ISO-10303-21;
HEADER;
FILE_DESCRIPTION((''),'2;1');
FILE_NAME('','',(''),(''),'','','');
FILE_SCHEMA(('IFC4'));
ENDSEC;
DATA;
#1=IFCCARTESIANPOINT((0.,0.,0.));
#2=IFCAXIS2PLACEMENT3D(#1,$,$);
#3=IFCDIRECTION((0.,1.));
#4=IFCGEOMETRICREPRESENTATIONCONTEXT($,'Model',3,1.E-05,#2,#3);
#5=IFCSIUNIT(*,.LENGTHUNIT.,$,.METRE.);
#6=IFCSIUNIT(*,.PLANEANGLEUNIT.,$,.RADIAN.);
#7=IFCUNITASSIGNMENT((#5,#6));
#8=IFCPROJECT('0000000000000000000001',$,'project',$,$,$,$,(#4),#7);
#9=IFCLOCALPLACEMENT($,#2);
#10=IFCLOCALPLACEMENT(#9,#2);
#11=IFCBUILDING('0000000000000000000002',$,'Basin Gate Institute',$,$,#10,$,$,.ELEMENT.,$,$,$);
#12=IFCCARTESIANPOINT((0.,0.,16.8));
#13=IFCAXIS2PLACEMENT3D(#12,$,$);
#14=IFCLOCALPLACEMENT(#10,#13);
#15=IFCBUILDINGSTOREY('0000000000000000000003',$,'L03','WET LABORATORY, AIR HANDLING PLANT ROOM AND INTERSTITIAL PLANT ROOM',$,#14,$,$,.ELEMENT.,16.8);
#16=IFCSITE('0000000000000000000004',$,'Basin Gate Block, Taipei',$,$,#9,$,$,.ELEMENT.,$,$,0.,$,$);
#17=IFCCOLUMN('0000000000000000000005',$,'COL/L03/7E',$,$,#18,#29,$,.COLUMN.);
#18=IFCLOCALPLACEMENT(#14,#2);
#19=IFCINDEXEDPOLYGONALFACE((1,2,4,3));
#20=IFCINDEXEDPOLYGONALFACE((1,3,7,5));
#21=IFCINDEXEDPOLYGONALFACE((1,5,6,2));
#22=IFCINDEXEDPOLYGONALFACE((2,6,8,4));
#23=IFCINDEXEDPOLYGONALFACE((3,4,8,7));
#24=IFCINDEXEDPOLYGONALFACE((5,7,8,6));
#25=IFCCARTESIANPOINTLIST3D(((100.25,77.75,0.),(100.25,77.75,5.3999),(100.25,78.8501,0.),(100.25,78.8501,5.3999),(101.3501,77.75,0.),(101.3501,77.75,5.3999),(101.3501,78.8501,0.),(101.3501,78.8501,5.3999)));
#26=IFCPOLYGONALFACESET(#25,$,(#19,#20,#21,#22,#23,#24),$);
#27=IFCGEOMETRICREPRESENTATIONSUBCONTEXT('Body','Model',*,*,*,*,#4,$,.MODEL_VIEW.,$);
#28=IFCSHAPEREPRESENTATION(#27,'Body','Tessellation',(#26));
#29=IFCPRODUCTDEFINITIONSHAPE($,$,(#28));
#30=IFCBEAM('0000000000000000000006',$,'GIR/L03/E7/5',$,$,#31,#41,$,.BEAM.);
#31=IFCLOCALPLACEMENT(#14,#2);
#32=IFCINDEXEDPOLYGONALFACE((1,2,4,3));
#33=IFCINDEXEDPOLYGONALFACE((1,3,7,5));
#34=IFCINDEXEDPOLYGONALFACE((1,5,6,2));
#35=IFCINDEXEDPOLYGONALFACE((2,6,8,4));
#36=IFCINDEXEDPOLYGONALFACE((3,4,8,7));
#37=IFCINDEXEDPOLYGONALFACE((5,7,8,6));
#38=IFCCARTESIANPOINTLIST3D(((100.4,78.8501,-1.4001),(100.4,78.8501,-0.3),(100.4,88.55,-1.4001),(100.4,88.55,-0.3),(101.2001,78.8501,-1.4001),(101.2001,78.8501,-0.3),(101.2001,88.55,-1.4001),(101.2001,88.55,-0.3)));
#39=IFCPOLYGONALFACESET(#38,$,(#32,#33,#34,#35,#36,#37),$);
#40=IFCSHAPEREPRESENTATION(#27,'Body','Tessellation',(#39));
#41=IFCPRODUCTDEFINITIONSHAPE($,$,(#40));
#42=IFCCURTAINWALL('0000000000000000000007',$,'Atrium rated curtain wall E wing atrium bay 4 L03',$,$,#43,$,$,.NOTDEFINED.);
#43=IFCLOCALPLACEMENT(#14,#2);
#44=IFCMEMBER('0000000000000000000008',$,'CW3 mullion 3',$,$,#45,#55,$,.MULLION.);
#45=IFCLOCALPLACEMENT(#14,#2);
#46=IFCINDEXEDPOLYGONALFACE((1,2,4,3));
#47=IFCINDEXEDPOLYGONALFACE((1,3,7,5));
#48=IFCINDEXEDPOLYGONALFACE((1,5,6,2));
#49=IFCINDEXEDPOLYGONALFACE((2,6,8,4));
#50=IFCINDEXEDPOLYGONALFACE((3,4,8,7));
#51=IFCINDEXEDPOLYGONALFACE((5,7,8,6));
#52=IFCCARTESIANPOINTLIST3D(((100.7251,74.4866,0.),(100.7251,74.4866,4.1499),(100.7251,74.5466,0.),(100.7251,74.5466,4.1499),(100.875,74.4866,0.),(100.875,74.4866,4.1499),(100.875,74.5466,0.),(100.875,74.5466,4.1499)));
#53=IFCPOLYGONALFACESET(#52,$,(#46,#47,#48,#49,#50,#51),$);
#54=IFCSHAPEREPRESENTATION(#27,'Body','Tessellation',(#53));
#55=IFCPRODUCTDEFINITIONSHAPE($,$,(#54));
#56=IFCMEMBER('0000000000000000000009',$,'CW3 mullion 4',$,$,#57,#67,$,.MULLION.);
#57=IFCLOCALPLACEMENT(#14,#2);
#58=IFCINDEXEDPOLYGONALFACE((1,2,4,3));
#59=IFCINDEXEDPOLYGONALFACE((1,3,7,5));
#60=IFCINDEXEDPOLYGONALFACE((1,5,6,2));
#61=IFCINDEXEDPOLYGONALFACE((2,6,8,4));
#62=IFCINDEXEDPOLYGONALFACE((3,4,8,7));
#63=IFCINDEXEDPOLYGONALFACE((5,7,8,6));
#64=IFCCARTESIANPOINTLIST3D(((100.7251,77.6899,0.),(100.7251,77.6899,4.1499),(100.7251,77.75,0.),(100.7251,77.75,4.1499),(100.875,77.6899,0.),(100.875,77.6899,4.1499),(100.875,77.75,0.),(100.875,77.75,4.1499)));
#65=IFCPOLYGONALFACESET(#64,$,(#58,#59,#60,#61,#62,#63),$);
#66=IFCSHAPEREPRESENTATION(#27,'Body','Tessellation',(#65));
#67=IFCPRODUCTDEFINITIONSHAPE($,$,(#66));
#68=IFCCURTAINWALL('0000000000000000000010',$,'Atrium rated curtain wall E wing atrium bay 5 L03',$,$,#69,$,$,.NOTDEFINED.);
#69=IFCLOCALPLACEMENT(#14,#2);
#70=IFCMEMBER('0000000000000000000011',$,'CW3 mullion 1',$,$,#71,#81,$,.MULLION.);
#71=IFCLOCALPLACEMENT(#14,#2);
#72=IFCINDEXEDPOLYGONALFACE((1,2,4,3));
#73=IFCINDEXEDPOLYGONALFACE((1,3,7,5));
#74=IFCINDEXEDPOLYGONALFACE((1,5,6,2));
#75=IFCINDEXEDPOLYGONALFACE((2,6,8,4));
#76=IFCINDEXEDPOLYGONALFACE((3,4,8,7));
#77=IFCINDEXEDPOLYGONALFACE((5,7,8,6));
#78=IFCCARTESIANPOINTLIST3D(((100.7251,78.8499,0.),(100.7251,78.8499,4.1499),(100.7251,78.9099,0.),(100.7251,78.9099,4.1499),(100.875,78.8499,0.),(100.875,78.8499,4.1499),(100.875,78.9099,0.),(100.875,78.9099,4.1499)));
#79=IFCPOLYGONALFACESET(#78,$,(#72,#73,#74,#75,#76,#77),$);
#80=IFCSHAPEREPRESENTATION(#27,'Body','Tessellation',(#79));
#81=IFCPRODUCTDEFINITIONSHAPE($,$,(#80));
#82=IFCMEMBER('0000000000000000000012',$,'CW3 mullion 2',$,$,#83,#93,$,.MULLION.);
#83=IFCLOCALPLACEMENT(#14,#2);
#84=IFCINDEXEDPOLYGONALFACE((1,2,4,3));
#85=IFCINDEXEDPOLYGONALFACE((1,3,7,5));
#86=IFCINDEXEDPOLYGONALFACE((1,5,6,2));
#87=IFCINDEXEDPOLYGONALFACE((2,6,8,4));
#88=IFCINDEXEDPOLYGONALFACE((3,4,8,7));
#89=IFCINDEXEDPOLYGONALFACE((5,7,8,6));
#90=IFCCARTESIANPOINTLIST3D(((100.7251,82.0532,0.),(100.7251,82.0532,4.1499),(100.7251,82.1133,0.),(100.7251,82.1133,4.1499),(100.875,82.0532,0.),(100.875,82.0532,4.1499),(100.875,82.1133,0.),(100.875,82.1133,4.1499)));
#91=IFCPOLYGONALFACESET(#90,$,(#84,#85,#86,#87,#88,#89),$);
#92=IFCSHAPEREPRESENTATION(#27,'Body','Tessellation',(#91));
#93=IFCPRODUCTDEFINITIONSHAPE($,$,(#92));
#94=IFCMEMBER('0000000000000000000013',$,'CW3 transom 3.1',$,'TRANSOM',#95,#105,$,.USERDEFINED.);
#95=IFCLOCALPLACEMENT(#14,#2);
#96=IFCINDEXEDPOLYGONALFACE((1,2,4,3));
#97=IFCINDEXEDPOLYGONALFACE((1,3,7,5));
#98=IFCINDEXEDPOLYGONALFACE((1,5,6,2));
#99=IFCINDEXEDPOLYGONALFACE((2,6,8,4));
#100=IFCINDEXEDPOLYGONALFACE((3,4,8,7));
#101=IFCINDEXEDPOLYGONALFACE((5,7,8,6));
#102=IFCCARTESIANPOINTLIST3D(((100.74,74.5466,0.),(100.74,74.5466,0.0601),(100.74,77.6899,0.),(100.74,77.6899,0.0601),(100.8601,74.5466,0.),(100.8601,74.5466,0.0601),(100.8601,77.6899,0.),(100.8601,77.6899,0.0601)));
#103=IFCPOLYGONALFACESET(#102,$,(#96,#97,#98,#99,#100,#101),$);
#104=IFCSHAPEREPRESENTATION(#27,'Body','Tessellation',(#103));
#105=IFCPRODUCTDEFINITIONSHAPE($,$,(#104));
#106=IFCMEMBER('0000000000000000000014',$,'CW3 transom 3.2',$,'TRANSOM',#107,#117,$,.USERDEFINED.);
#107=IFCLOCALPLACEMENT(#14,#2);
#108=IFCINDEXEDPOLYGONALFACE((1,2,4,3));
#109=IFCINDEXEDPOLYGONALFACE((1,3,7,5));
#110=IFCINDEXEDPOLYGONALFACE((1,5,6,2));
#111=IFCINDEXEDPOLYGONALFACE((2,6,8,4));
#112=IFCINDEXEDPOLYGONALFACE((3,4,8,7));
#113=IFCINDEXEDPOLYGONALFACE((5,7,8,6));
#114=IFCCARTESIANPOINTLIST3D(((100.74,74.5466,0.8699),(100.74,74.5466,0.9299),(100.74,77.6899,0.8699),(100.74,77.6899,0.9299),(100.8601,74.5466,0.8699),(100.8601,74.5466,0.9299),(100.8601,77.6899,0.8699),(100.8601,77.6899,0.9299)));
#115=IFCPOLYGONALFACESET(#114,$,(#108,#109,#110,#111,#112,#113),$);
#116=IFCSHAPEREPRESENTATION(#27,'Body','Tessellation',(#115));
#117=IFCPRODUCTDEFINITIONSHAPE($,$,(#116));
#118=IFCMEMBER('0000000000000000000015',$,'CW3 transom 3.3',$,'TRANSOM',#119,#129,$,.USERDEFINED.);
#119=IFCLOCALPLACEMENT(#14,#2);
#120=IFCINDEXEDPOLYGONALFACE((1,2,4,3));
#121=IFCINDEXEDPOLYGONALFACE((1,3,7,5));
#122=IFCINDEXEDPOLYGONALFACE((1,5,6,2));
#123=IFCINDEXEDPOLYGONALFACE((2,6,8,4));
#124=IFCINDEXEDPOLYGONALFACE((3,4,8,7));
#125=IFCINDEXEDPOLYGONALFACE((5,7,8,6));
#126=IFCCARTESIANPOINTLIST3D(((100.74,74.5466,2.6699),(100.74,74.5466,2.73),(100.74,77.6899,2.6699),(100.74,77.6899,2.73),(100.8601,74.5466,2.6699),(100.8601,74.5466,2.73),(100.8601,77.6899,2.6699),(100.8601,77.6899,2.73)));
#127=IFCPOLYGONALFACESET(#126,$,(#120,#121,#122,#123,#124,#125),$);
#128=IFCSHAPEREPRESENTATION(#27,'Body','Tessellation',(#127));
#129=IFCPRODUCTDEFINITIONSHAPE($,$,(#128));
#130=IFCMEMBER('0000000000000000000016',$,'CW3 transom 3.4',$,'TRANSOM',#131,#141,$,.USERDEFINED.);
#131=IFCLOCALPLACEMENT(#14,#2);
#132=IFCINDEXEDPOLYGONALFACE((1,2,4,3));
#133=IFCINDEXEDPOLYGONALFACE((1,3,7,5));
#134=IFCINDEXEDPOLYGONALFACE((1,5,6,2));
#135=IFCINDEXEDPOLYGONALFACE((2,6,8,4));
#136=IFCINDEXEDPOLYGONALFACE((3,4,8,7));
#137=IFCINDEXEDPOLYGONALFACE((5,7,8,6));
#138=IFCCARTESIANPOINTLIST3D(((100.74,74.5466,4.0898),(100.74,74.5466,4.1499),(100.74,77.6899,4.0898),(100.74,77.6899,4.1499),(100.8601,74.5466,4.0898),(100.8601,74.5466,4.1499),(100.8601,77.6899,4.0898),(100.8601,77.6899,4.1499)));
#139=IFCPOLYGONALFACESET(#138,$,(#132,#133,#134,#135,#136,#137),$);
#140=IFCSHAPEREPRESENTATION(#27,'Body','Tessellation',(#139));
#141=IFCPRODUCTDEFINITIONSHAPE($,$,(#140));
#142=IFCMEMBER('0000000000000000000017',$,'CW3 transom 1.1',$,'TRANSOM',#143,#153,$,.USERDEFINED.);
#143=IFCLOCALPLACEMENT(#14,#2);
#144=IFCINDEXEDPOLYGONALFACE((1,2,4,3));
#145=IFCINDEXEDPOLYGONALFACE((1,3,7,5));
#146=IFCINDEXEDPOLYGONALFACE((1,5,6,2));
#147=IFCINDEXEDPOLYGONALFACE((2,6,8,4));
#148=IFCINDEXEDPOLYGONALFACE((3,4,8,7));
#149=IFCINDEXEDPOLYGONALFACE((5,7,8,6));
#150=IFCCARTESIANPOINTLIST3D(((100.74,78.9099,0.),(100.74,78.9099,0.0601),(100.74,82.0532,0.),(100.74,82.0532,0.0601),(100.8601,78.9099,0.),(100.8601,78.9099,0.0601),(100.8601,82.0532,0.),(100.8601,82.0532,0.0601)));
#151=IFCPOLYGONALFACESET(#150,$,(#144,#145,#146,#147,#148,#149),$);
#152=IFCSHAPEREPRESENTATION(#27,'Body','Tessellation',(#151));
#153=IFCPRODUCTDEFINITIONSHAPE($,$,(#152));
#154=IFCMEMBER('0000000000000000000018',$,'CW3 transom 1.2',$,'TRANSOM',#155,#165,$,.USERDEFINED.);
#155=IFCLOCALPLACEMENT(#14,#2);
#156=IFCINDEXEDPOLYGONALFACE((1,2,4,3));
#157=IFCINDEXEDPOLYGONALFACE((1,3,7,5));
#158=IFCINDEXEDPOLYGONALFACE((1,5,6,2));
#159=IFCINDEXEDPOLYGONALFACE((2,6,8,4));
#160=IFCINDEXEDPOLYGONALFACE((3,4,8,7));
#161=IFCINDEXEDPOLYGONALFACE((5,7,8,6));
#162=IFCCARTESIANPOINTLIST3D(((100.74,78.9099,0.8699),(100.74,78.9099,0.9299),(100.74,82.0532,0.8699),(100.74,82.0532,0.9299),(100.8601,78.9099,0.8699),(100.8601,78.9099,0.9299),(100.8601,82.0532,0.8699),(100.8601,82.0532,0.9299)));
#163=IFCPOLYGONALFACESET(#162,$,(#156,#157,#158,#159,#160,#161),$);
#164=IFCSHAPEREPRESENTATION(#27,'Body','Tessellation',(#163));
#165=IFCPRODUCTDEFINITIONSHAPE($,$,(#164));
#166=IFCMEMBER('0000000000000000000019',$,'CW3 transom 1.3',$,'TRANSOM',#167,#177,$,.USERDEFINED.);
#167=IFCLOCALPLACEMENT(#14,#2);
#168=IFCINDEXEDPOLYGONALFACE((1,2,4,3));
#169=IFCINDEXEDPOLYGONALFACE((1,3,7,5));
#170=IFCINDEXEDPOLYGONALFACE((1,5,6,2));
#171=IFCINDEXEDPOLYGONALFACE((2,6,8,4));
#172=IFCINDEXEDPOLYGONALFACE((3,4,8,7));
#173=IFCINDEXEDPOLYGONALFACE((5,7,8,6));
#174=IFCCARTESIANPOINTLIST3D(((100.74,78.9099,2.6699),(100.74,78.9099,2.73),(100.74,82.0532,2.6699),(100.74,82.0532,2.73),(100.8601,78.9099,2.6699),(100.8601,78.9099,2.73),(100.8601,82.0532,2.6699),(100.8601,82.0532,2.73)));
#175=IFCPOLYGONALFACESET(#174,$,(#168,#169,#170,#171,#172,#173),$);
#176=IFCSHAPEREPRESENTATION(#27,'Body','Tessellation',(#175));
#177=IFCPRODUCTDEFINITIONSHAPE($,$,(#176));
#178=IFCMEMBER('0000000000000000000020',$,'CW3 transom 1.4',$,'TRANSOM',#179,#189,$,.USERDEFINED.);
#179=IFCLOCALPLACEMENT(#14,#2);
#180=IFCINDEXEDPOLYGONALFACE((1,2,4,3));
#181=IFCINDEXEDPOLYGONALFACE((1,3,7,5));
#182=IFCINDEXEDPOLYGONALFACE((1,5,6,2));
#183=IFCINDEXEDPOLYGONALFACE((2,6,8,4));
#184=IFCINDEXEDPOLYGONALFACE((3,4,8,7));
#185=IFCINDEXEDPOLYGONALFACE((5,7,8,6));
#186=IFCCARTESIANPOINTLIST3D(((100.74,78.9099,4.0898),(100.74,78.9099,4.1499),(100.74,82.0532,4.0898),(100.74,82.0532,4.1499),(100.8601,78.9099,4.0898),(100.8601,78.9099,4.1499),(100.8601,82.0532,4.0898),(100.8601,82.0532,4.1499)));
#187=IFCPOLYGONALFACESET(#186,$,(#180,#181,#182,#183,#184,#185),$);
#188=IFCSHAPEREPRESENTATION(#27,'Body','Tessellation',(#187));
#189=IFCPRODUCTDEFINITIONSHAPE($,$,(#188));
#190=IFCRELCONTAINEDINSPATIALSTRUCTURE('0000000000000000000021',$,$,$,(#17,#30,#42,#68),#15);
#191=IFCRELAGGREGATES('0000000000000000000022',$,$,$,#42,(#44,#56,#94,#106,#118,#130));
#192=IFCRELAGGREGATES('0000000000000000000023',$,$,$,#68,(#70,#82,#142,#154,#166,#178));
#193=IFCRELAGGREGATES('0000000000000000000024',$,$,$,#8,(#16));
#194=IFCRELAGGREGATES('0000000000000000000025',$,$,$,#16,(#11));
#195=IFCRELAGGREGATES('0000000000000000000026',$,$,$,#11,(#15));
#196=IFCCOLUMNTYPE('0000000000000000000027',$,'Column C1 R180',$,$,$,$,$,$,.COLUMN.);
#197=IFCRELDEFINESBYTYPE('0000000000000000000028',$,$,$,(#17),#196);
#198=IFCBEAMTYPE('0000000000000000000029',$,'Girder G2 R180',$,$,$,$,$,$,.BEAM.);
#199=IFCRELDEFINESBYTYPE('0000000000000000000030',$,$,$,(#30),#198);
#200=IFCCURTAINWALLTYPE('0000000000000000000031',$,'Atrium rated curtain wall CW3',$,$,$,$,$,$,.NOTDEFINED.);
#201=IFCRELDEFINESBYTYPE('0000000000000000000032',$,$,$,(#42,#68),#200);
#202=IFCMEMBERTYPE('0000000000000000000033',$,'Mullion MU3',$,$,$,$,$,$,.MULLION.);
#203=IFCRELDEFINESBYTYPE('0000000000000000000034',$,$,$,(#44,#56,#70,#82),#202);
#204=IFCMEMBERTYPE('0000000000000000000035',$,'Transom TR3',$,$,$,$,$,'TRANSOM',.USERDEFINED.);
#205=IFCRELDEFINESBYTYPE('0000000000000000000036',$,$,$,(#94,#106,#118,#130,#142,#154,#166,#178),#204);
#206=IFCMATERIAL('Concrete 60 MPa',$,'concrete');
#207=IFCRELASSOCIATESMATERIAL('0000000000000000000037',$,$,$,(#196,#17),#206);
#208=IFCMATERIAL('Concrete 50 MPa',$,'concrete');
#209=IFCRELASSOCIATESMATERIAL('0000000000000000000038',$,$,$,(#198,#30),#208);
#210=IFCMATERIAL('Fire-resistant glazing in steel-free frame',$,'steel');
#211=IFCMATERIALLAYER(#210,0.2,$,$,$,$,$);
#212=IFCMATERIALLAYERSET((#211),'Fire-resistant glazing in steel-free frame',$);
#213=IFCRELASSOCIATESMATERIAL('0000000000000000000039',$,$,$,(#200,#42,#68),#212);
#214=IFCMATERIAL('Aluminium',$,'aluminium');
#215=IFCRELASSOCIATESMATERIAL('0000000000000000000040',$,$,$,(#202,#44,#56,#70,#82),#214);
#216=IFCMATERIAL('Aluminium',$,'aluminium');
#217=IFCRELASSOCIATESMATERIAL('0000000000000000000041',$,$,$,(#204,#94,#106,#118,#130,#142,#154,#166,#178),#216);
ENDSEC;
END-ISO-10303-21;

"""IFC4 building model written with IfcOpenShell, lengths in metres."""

from ifc_helpers import new_model, si_unit, direction, frame, origin, origin_2d, place, context, subcontext, project, spatial, rectangle, extrude, material, layer, layer_set, material_profile, profile_set, type_object, element, aggregate, save


model = new_model("IFC4")

# Units and contexts
model_context = context("Model", 3, precision=1e-05, world=origin(), true_north=direction((0.0, 1.0)))
body_context = subcontext(model_context, "Body", "Model", "MODEL_VIEW")
ifc_project = project(units=[si_unit("LENGTHUNIT", "METRE"), si_unit("PLANEANGLEUNIT", "RADIAN")], contexts=[model_context])

# Site, building, storey
site_placement = place(None, origin())
site = spatial("IfcSite", under=ifc_project, at=site_placement, Name="Basin Gate Block, Taipei", CompositionType="ELEMENT", RefElevation=0.0)
building_placement = place(site_placement, origin())
building = spatial("IfcBuilding", under=site, at=building_placement, Name="Basin Gate Institute", CompositionType="ELEMENT")
storey_placement = place(building_placement, frame((0.0, 0.0, 16.8)))
storey = spatial("IfcBuildingStorey", under=building, at=storey_placement, Name="L03", Description="WET LABORATORY, AIR HANDLING PLANT ROOM AND INTERSTITIAL PLANT ROOM", CompositionType="ELEMENT", Elevation=16.8)

# Column
ifc_material_1 = material(Name="Concrete 60 MPa", Category="concrete")
ifc_material_profile_1 = material_profile(ifc_material_1, rectangle(XDim=1.1001, YDim=1.1001, at=origin_2d()), Name="Column C1 1100 x 1100")
ifc_profile_set_1 = profile_set([ifc_material_profile_1], Name="Concrete 60 MPa")
column_type = type_object("IfcColumnType", Name="Column C1 R180", PredefinedType="COLUMN", material=ifc_profile_set_1)
column_placement = place(storey_placement, frame((100.8, 78.3, 0.0), z_axis=(0.0, 0.0, 1.0), x_axis=(1.0, 0.0, 0.0)))
element("IfcColumn", 1, at=column_placement, inside=storey, type_object=column_type, material=ifc_profile_set_1, Name="COL/L03/7E", PredefinedType="COLUMN", context=body_context, shape_type="SweptSolid", body=[
    extrude(rectangle(XDim=1.1001, YDim=1.1001, at=origin_2d()), origin(), (0.0, 0.0, 1.0), 5.3999),
])

# Beam
ifc_material_2 = material(Name="Concrete 50 MPa", Category="concrete")
ifc_material_profile_2 = material_profile(ifc_material_2, rectangle(XDim=0.8, YDim=1.1001, at=origin_2d()), Name="Girder G2 800 x 1100")
ifc_profile_set_2 = profile_set([ifc_material_profile_2], Name="Concrete 50 MPa")
beam_type = type_object("IfcBeamType", Name="Girder G2 R180", PredefinedType="BEAM", material=ifc_profile_set_2)
beam_placement = place(storey_placement, frame((100.8, 78.8501, -0.8501), z_axis=(0.0, 1.0, 0.0), x_axis=(-1.0, 0.0, 0.0)))
element("IfcBeam", 2, at=beam_placement, inside=storey, type_object=beam_type, material=ifc_profile_set_2, Name="GIR/L03/E7/5", PredefinedType="BEAM", context=body_context, shape_type="SweptSolid", body=[
    extrude(rectangle(XDim=0.8, YDim=1.1001, at=origin_2d()), origin(), (0.0, 0.0, 1.0), 9.7),
])

# Curtain walls, members
ifc_material_3 = material(Name="Fire-resistant glazing in steel-free frame", Category="steel")
ifc_layer_1 = layer(ifc_material_3, 0.2)
ifc_layer_set_1 = layer_set([ifc_layer_1], Name="Fire-resistant glazing in steel-free frame")
curtain_wall_type = type_object("IfcCurtainWallType", Name="Atrium rated curtain wall CW3", PredefinedType="NOTDEFINED", material=ifc_layer_set_1)
curtain_wall_1_placement = place(storey_placement, origin())
curtain_wall_1 = element("IfcCurtainWall", 3, at=curtain_wall_1_placement, inside=storey, type_object=curtain_wall_type, material=ifc_layer_set_1, Name="Atrium rated curtain wall E wing atrium bay 4 L03", PredefinedType="NOTDEFINED")
ifc_material_4 = material(Name="Aluminium", Category="aluminium")
ifc_material_profile_3 = material_profile(ifc_material_4, rectangle(XDim=0.1499, YDim=0.0601, at=origin_2d()), Name="Mullion MU3 150 x 60")
ifc_profile_set_3 = profile_set([ifc_material_profile_3], Name="Aluminium")
member_type_1 = type_object("IfcMemberType", Name="Mullion MU3", PredefinedType="MULLION", material=ifc_profile_set_3)
member_1_placement = place(storey_placement, frame((100.8, 74.5166, 0.0), z_axis=(0.0, 0.0, 1.0), x_axis=(-1.0, 0.0, 0.0)))
member_1 = element("IfcMember", 4, at=member_1_placement, type_object=member_type_1, material=ifc_profile_set_3, Name="CW3 mullion 3", PredefinedType="MULLION", context=body_context, shape_type="SweptSolid", body=[
    extrude(rectangle(XDim=0.1499, YDim=0.0601, at=origin_2d()), origin(), (0.0, 0.0, 1.0), 4.1499),
])
member_2_placement = place(storey_placement, frame((100.8, 77.72, 0.0), z_axis=(0.0, 0.0, 1.0), x_axis=(-1.0, 0.0, 0.0)))
member_2 = element("IfcMember", 5, at=member_2_placement, type_object=member_type_1, material=ifc_profile_set_3, Name="CW3 mullion 4", PredefinedType="MULLION", context=body_context, shape_type="SweptSolid", body=[
    extrude(rectangle(XDim=0.1499, YDim=0.0601, at=origin_2d()), origin(), (0.0, 0.0, 1.0), 4.1499),
])
curtain_wall_2_placement = place(storey_placement, origin())
curtain_wall_2 = element("IfcCurtainWall", 6, at=curtain_wall_2_placement, inside=storey, type_object=curtain_wall_type, material=ifc_layer_set_1, Name="Atrium rated curtain wall E wing atrium bay 5 L03", PredefinedType="NOTDEFINED")
member_3_placement = place(storey_placement, frame((100.8, 78.8799, 0.0), z_axis=(0.0, 0.0, 1.0), x_axis=(-1.0, 0.0, 0.0)))
member_3 = element("IfcMember", 7, at=member_3_placement, type_object=member_type_1, material=ifc_profile_set_3, Name="CW3 mullion 1", PredefinedType="MULLION", context=body_context, shape_type="SweptSolid", body=[
    extrude(rectangle(XDim=0.1499, YDim=0.0601, at=origin_2d()), origin(), (0.0, 0.0, 1.0), 4.1499),
])
member_4_placement = place(storey_placement, frame((100.8, 82.0833, 0.0), z_axis=(0.0, 0.0, 1.0), x_axis=(-1.0, 0.0, 0.0)))
member_4 = element("IfcMember", 8, at=member_4_placement, type_object=member_type_1, material=ifc_profile_set_3, Name="CW3 mullion 2", PredefinedType="MULLION", context=body_context, shape_type="SweptSolid", body=[
    extrude(rectangle(XDim=0.1499, YDim=0.0601, at=origin_2d()), origin(), (0.0, 0.0, 1.0), 4.1499),
])

# Members
ifc_material_5 = material(Name="Aluminium", Category="aluminium")
ifc_material_profile_4 = material_profile(ifc_material_5, rectangle(XDim=0.1201, YDim=0.0601, at=origin_2d()), Name="Transom TR3 120 x 60")
ifc_profile_set_4 = profile_set([ifc_material_profile_4], Name="Aluminium")
member_type_2 = type_object("IfcMemberType", Name="Transom TR3", ElementType="TRANSOM", PredefinedType="USERDEFINED", material=ifc_profile_set_4)
member_5_placement = place(storey_placement, frame((100.8, 74.5466, 0.03), z_axis=(0.0, 1.0, 0.0), x_axis=(-1.0, 0.0, 0.0)))
member_5 = element("IfcMember", 9, at=member_5_placement, type_object=member_type_2, material=ifc_profile_set_4, Name="CW3 transom 3.1", ObjectType="TRANSOM", PredefinedType="USERDEFINED", context=body_context, shape_type="SweptSolid", body=[
    extrude(rectangle(XDim=0.1201, YDim=0.0601, at=origin_2d()), origin(), (0.0, 0.0, 1.0), 3.1433),
])
member_6_placement = place(storey_placement, frame((100.8, 74.5466, 0.8999), z_axis=(0.0, 1.0, 0.0), x_axis=(-1.0, 0.0, 0.0)))
member_6 = element("IfcMember", 10, at=member_6_placement, type_object=member_type_2, material=ifc_profile_set_4, Name="CW3 transom 3.2", ObjectType="TRANSOM", PredefinedType="USERDEFINED", context=body_context, shape_type="SweptSolid", body=[
    extrude(rectangle(XDim=0.1201, YDim=0.0601, at=origin_2d()), origin(), (0.0, 0.0, 1.0), 3.1433),
])
member_7_placement = place(storey_placement, frame((100.8, 74.5466, 2.7), z_axis=(0.0, 1.0, 0.0), x_axis=(-1.0, 0.0, 0.0)))
member_7 = element("IfcMember", 11, at=member_7_placement, type_object=member_type_2, material=ifc_profile_set_4, Name="CW3 transom 3.3", ObjectType="TRANSOM", PredefinedType="USERDEFINED", context=body_context, shape_type="SweptSolid", body=[
    extrude(rectangle(XDim=0.1201, YDim=0.0601, at=origin_2d()), origin(), (0.0, 0.0, 1.0), 3.1433),
])
member_8_placement = place(storey_placement, frame((100.8, 74.5466, 4.1199), z_axis=(0.0, 1.0, 0.0), x_axis=(-1.0, 0.0, 0.0)))
member_8 = element("IfcMember", 12, at=member_8_placement, type_object=member_type_2, material=ifc_profile_set_4, Name="CW3 transom 3.4", ObjectType="TRANSOM", PredefinedType="USERDEFINED", context=body_context, shape_type="SweptSolid", body=[
    extrude(rectangle(XDim=0.1201, YDim=0.0601, at=origin_2d()), origin(), (0.0, 0.0, 1.0), 3.1433),
])
member_9_placement = place(storey_placement, frame((100.8, 78.9099, 0.03), z_axis=(0.0, 1.0, 0.0), x_axis=(-1.0, 0.0, 0.0)))
member_9 = element("IfcMember", 13, at=member_9_placement, type_object=member_type_2, material=ifc_profile_set_4, Name="CW3 transom 1.1", ObjectType="TRANSOM", PredefinedType="USERDEFINED", context=body_context, shape_type="SweptSolid", body=[
    extrude(rectangle(XDim=0.1201, YDim=0.0601, at=origin_2d()), origin(), (0.0, 0.0, 1.0), 3.1433),
])
member_10_placement = place(storey_placement, frame((100.8, 78.9099, 0.8999), z_axis=(0.0, 1.0, 0.0), x_axis=(-1.0, 0.0, 0.0)))
member_10 = element("IfcMember", 14, at=member_10_placement, type_object=member_type_2, material=ifc_profile_set_4, Name="CW3 transom 1.2", ObjectType="TRANSOM", PredefinedType="USERDEFINED", context=body_context, shape_type="SweptSolid", body=[
    extrude(rectangle(XDim=0.1201, YDim=0.0601, at=origin_2d()), origin(), (0.0, 0.0, 1.0), 3.1433),
])
member_11_placement = place(storey_placement, frame((100.8, 78.9099, 2.7), z_axis=(0.0, 1.0, 0.0), x_axis=(-1.0, 0.0, 0.0)))
member_11 = element("IfcMember", 15, at=member_11_placement, type_object=member_type_2, material=ifc_profile_set_4, Name="CW3 transom 1.3", ObjectType="TRANSOM", PredefinedType="USERDEFINED", context=body_context, shape_type="SweptSolid", body=[
    extrude(rectangle(XDim=0.1201, YDim=0.0601, at=origin_2d()), origin(), (0.0, 0.0, 1.0), 3.1433),
])
member_12_placement = place(storey_placement, frame((100.8, 78.9099, 4.1199), z_axis=(0.0, 1.0, 0.0), x_axis=(-1.0, 0.0, 0.0)))
member_12 = element("IfcMember", 16, at=member_12_placement, type_object=member_type_2, material=ifc_profile_set_4, Name="CW3 transom 1.4", ObjectType="TRANSOM", PredefinedType="USERDEFINED", context=body_context, shape_type="SweptSolid", body=[
    extrude(rectangle(XDim=0.1201, YDim=0.0601, at=origin_2d()), origin(), (0.0, 0.0, 1.0), 3.1433),
])

aggregate(curtain_wall_1, [member_1, member_2, member_5, member_6, member_7, member_8])
aggregate(curtain_wall_2, [member_3, member_4, member_9, member_10, member_11, member_12])

save(model, "model.ifc")
